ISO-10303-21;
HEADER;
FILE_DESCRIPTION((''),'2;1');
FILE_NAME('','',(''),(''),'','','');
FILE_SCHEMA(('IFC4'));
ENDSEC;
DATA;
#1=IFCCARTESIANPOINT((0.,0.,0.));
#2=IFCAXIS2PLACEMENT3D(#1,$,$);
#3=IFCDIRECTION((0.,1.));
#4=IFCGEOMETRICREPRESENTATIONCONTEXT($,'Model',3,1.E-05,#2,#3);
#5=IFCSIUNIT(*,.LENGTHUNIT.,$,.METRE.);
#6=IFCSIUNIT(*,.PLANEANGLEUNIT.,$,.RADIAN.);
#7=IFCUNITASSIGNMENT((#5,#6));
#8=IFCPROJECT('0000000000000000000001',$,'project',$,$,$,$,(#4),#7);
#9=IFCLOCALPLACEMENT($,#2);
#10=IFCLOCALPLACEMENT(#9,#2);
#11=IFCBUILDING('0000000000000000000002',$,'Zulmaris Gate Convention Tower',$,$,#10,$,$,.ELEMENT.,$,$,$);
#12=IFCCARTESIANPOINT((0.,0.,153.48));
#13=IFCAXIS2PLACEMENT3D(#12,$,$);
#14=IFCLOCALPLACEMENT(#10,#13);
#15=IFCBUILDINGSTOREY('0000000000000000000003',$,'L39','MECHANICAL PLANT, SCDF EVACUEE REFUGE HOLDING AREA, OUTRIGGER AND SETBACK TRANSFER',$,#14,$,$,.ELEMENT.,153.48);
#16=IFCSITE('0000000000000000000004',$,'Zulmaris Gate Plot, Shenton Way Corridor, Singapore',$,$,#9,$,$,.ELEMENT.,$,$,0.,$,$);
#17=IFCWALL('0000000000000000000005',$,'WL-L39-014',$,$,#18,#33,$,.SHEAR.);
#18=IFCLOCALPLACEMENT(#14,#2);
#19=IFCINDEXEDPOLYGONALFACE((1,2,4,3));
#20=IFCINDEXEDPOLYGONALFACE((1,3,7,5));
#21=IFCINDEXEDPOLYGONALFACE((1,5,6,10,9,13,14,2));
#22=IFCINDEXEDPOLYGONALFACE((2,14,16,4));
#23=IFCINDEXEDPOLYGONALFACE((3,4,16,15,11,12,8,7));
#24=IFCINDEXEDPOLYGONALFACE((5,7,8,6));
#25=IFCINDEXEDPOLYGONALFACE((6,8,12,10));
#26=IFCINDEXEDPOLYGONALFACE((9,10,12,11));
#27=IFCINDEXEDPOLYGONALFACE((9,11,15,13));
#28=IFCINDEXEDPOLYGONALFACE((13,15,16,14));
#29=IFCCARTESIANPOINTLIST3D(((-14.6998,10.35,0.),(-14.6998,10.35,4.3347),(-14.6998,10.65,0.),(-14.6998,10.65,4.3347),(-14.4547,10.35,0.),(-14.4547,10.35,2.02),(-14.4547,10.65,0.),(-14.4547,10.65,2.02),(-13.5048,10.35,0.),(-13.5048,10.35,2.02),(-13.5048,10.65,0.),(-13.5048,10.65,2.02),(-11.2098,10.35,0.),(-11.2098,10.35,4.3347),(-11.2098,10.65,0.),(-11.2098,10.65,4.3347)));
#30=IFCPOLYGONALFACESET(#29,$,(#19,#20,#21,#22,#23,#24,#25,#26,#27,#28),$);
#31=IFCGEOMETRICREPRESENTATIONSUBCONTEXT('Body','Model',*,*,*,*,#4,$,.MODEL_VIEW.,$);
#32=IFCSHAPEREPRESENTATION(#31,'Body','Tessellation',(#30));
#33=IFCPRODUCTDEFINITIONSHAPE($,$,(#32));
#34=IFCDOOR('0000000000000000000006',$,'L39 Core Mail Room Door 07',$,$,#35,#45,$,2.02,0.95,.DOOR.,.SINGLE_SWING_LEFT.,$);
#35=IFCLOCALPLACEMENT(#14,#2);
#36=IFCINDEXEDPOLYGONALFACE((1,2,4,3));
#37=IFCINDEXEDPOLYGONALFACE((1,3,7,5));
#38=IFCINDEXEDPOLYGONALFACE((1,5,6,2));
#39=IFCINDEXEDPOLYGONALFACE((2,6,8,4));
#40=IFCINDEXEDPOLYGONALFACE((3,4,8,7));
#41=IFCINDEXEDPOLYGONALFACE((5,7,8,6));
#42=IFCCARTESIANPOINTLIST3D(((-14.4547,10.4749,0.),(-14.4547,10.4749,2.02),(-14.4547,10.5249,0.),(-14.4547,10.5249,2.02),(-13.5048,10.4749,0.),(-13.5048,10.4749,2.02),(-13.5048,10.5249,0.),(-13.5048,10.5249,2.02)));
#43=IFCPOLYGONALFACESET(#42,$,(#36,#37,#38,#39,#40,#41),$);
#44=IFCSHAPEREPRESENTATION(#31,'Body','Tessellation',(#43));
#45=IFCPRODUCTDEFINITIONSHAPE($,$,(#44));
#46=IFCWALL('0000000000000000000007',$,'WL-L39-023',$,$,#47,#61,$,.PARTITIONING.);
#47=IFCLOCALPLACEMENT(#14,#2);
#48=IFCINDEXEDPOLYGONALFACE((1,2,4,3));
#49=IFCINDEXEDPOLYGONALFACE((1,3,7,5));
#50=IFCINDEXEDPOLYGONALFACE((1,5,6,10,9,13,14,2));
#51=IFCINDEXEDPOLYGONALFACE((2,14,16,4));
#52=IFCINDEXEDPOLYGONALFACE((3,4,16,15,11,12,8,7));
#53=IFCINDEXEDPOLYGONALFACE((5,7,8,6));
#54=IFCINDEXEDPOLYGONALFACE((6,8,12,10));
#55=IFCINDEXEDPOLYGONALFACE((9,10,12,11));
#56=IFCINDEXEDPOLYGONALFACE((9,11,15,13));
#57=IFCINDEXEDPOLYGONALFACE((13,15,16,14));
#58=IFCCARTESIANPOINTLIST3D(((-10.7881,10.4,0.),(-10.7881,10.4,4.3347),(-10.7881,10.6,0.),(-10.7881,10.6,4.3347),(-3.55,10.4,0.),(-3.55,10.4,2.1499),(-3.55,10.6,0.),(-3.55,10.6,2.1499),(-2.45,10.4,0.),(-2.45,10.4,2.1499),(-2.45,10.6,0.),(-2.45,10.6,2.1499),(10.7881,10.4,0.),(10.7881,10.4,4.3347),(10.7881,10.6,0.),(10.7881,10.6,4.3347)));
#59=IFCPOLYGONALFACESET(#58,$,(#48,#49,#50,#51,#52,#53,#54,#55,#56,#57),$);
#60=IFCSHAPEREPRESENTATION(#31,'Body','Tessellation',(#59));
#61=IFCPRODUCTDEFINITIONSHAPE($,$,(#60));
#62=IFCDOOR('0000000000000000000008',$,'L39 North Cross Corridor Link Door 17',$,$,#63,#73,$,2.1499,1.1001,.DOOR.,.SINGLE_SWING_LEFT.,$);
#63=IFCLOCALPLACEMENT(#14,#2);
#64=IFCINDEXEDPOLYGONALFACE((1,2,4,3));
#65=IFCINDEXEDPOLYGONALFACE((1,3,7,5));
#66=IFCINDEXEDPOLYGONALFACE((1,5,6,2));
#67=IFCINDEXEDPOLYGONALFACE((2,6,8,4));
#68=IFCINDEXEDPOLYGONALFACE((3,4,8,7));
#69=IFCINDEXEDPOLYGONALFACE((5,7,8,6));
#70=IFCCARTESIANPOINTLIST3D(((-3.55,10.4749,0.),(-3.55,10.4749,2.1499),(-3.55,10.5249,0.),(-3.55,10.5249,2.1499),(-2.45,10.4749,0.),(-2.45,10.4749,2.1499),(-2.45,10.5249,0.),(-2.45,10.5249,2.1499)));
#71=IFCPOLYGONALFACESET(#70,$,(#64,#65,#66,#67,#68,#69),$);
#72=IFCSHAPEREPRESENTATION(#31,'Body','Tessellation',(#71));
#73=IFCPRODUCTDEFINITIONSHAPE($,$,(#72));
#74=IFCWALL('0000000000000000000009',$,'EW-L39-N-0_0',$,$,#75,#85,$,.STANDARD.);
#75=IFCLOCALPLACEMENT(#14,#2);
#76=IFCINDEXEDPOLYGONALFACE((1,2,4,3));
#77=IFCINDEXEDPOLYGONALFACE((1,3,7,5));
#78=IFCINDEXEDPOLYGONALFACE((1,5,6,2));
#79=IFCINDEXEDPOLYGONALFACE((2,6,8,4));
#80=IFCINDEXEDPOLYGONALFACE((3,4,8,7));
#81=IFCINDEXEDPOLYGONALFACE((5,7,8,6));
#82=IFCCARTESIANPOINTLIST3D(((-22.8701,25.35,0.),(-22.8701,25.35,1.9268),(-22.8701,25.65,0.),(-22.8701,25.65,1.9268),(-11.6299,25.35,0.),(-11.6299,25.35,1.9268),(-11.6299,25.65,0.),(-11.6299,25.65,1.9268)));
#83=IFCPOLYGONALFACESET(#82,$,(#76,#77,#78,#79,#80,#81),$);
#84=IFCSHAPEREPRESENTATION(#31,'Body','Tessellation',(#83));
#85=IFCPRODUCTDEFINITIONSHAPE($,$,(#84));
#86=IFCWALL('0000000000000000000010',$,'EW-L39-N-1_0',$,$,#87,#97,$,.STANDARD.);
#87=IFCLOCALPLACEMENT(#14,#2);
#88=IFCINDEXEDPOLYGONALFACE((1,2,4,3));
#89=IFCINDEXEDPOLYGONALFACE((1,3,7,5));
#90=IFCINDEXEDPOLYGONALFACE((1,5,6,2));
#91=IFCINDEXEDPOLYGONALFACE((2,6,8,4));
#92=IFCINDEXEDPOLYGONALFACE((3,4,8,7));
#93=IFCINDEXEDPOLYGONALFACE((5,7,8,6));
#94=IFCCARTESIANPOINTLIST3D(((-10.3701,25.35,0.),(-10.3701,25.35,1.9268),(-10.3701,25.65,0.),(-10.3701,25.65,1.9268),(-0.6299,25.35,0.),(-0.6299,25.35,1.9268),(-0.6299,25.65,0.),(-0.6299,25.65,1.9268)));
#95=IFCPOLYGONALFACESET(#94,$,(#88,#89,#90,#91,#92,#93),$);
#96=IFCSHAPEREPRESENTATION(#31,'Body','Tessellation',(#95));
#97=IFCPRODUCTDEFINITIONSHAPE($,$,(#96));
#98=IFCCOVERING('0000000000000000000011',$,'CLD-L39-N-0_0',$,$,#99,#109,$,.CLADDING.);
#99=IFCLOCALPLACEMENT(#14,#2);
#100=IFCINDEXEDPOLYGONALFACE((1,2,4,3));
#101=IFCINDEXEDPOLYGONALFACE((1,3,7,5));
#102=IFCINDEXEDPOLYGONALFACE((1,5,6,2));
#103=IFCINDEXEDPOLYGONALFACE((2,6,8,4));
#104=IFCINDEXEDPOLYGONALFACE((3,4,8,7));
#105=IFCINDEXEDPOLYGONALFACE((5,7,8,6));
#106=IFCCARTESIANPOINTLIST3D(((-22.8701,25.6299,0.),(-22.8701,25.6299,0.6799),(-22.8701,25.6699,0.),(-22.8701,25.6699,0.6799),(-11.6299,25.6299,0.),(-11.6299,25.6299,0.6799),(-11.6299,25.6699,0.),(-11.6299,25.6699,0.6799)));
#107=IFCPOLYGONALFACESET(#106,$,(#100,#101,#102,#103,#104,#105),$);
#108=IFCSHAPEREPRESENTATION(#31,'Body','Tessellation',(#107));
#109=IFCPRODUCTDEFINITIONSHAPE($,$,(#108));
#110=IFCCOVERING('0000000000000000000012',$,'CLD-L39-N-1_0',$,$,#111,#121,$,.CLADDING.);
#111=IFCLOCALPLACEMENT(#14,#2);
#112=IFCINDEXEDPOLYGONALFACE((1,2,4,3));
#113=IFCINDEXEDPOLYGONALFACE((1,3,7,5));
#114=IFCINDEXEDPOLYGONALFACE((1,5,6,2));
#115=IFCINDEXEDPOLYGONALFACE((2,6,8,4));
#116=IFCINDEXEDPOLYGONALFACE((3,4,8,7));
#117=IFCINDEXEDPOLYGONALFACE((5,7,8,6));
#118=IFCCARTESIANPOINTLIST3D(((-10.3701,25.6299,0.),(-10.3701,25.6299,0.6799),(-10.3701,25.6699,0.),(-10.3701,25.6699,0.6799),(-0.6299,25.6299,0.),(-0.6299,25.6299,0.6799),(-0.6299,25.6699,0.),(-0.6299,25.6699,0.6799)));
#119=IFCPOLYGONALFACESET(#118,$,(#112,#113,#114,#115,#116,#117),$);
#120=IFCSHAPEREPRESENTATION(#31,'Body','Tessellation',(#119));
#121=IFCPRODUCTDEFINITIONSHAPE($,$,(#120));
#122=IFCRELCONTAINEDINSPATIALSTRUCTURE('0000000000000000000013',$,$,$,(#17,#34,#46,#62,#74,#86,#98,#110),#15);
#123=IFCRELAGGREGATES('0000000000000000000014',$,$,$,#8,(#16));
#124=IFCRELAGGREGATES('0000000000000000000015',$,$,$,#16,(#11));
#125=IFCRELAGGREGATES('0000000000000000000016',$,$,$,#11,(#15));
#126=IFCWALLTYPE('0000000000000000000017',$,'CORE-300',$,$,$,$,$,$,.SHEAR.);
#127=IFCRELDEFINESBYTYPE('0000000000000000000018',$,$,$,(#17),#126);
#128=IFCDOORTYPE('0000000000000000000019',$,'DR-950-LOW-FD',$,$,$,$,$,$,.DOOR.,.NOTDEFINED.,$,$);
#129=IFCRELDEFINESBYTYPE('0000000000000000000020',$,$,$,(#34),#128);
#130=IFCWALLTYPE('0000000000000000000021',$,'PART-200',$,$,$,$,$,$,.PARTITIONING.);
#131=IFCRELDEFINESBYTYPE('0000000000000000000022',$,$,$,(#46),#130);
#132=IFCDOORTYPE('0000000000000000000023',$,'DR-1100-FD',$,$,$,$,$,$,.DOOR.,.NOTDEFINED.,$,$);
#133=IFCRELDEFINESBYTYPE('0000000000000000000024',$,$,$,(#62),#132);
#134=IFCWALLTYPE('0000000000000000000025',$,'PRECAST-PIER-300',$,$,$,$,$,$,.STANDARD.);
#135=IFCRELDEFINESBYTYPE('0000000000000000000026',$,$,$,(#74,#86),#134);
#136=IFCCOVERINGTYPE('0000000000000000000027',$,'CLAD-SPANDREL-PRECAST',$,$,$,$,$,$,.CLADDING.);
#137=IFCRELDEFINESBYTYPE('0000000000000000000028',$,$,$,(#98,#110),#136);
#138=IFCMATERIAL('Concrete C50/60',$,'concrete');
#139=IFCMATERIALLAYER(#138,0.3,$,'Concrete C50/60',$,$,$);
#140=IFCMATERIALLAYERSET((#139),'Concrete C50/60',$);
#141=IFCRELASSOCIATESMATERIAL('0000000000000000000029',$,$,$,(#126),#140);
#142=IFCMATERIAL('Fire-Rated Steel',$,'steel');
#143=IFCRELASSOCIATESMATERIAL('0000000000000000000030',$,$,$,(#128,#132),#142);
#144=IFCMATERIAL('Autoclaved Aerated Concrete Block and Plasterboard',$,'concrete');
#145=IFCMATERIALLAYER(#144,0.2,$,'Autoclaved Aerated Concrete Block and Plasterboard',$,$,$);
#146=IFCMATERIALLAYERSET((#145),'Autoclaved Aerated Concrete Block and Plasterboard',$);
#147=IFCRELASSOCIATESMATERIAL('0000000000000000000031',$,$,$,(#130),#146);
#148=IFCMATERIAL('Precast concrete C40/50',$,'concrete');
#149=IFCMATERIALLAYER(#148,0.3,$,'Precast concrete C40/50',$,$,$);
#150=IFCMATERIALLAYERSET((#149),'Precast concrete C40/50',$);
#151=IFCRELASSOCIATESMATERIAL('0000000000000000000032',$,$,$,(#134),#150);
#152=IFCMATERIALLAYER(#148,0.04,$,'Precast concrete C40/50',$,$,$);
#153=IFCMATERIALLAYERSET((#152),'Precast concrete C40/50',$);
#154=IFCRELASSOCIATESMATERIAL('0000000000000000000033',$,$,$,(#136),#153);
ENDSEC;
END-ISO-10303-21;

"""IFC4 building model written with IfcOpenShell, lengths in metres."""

from ifc_helpers import new_model, si_unit, direction, frame, frame_2d, origin, place, context, subcontext, project, spatial, rectangle, extrude, material, layer, layer_set, type_object, element, fill, save


model = new_model("IFC4")

# Units and contexts
model_context = context("Model", 3, precision=1e-05, world=origin(), true_north=direction((0.0, 1.0)))
body_context = subcontext(model_context, "Body", "Model", "MODEL_VIEW")
ifc_project = project(units=[si_unit("LENGTHUNIT", "METRE"), si_unit("PLANEANGLEUNIT", "RADIAN")], contexts=[model_context])

# Site, building, storey
site_placement = place(None, origin())
site = spatial("IfcSite", under=ifc_project, at=site_placement, Name="Zulmaris Gate Plot, Shenton Way Corridor, Singapore", CompositionType="ELEMENT", RefElevation=0.0)
building_placement = place(site_placement, origin())
building = spatial("IfcBuilding", under=site, at=building_placement, Name="Zulmaris Gate Convention Tower", CompositionType="ELEMENT")
storey_placement = place(building_placement, frame((0.0, 0.0, 153.48)))
storey = spatial("IfcBuildingStorey", under=building, at=storey_placement, Name="L39", Description="MECHANICAL PLANT, SCDF EVACUEE REFUGE HOLDING AREA, OUTRIGGER AND SETBACK TRANSFER", CompositionType="ELEMENT", Elevation=153.48)

# Walls, openings, doors
ifc_material_1 = material(Name="Concrete C50/60", Category="concrete")
ifc_layer_1 = layer(ifc_material_1, 0.3, Name="Concrete C50/60")
ifc_layer_set_1 = layer_set([ifc_layer_1], Name="Concrete C50/60")
wall_type_1 = type_object("IfcWallType", Name="CORE-300", PredefinedType="SHEAR", material=ifc_layer_set_1)
wall_1_placement = place(storey_placement, frame((-14.7, 10.5, 0.0), z_axis=(0.0, 0.0, 1.0), x_axis=(1.0, 0.0, 0.0)))
wall_1 = element("IfcWall", 1, at=wall_1_placement, inside=storey, type_object=wall_type_1, Name="WL-L39-014", PredefinedType="SHEAR", context=body_context, shape_type="SweptSolid", body=[
    extrude(rectangle(XDim=3.49, YDim=0.3, at=frame_2d((1.7451, 0.0))), origin(), (0.0, 0.0, 1.0), 4.3347),
])
opening_1_placement = place(wall_1_placement, frame((0.2451, 0.0, 0.0)))
opening_1 = element("IfcOpeningElement", 2, at=opening_1_placement, cuts=wall_1, PredefinedType="OPENING", context=body_context, shape_type="SweptSolid", body=[
    extrude(rectangle(XDim=0.95, YDim=2.02, at=frame_2d((0.4751, 1.01))), frame((0.0, 0.1602, 0.0), z_axis=(0.0, -1.0, 0.0), x_axis=(1.0, 0.0, 0.0)), (0.0, 0.0, 1.0), 0.3201),
])
ifc_material_2 = material(Name="Fire-Rated Steel", Category="steel")
door_type_1 = type_object("IfcDoorType", Name="DR-950-LOW-FD", OperationType="NOTDEFINED", PredefinedType="DOOR", material=ifc_material_2)
door_1_placement = place(opening_1_placement, origin())
door_1 = element("IfcDoor", 3, at=door_1_placement, inside=storey, type_object=door_type_1, Name="L39 Core Mail Room Door 07", OperationType="SINGLE_SWING_LEFT", OverallHeight=2.02, OverallWidth=0.95, PredefinedType="DOOR", context=body_context, shape_type="SweptSolid", body=[
    extrude(rectangle(XDim=0.95, YDim=2.02, at=frame_2d((0.4751, 1.01))), frame((0.0, 0.0249, 0.0), z_axis=(0.0, -1.0, 0.0), x_axis=(1.0, 0.0, 0.0)), (0.0, 0.0, 1.0), 0.05),
])
fill(opening_1, door_1)
ifc_material_3 = material(Name="Autoclaved Aerated Concrete Block and Plasterboard", Category="concrete")
ifc_layer_2 = layer(ifc_material_3, 0.2, Name="Autoclaved Aerated Concrete Block and Plasterboard")
ifc_layer_set_2 = layer_set([ifc_layer_2], Name="Autoclaved Aerated Concrete Block and Plasterboard")
wall_type_2 = type_object("IfcWallType", Name="PART-200", PredefinedType="PARTITIONING", material=ifc_layer_set_2)
wall_2_placement = place(storey_placement, frame((-10.7881, 10.5, 0.0), z_axis=(0.0, 0.0, 1.0), x_axis=(1.0, 0.0, 0.0)))
wall_2 = element("IfcWall", 4, at=wall_2_placement, inside=storey, type_object=wall_type_2, Name="WL-L39-023", PredefinedType="PARTITIONING", context=body_context, shape_type="SweptSolid", body=[
    extrude(rectangle(XDim=21.5762, YDim=0.2, at=frame_2d((10.7881, 0.0))), origin(), (0.0, 0.0, 1.0), 4.3347),
])
opening_2_placement = place(wall_2_placement, frame((7.238, 0.0, 0.0)))
opening_2 = element("IfcOpeningElement", 5, at=opening_2_placement, cuts=wall_2, PredefinedType="OPENING", context=body_context, shape_type="SweptSolid", body=[
    extrude(rectangle(XDim=1.1001, YDim=2.1499, at=frame_2d((0.55, 1.075))), frame((0.0, 0.1099, 0.0), z_axis=(0.0, -1.0, 0.0), x_axis=(1.0, 0.0, 0.0)), (0.0, 0.0, 1.0), 0.22),
])
door_type_2 = type_object("IfcDoorType", Name="DR-1100-FD", OperationType="NOTDEFINED", PredefinedType="DOOR", material=ifc_material_2)
door_2_placement = place(opening_2_placement, origin())
door_2 = element("IfcDoor", 6, at=door_2_placement, inside=storey, type_object=door_type_2, Name="L39 North Cross Corridor Link Door 17", OperationType="SINGLE_SWING_LEFT", OverallHeight=2.1499, OverallWidth=1.1001, PredefinedType="DOOR", context=body_context, shape_type="SweptSolid", body=[
    extrude(rectangle(XDim=1.1001, YDim=2.1499, at=frame_2d((0.55, 1.075))), frame((0.0, 0.0249, 0.0), z_axis=(0.0, -1.0, 0.0), x_axis=(1.0, 0.0, 0.0)), (0.0, 0.0, 1.0), 0.05),
])
fill(opening_2, door_2)

# Walls
ifc_material_4 = material(Name="Precast concrete C40/50", Category="concrete")
ifc_layer_3 = layer(ifc_material_4, 0.3, Name="Precast concrete C40/50")
ifc_layer_set_3 = layer_set([ifc_layer_3], Name="Precast concrete C40/50")
wall_type_3 = type_object("IfcWallType", Name="PRECAST-PIER-300", PredefinedType="STANDARD", material=ifc_layer_set_3)
wall_3_placement = place(storey_placement, frame((-11.6299, 25.5, 0.0), z_axis=(0.0, 0.0, 1.0), x_axis=(-1.0, 0.0, 0.0)))
element("IfcWall", 7, at=wall_3_placement, inside=storey, type_object=wall_type_3, Name="EW-L39-N-0_0", PredefinedType="STANDARD", context=body_context, shape_type="SweptSolid", body=[
    extrude(rectangle(XDim=11.2402, YDim=0.3, at=frame_2d((5.6201, 0.0))), origin(), (0.0, 0.0, 1.0), 1.9268),
])
wall_4_placement = place(storey_placement, frame((-0.6299, 25.5, 0.0), z_axis=(0.0, 0.0, 1.0), x_axis=(-1.0, 0.0, 0.0)))
element("IfcWall", 8, at=wall_4_placement, inside=storey, type_object=wall_type_3, Name="EW-L39-N-1_0", PredefinedType="STANDARD", context=body_context, shape_type="SweptSolid", body=[
    extrude(rectangle(XDim=9.7402, YDim=0.3, at=frame_2d((4.8701, 0.0))), origin(), (0.0, 0.0, 1.0), 1.9268),
])

# Coverings
ifc_layer_4 = layer(ifc_material_4, 0.04, Name="Precast concrete C40/50")
ifc_layer_set_4 = layer_set([ifc_layer_4], Name="Precast concrete C40/50")
covering_type = type_object("IfcCoveringType", Name="CLAD-SPANDREL-PRECAST", PredefinedType="CLADDING", material=ifc_layer_set_4)
covering_1_placement = place(storey_placement, frame((-11.6299, 25.6499, 0.0), z_axis=(0.0, 0.0, 1.0), x_axis=(-1.0, 0.0, 0.0)))
element("IfcCovering", 9, at=covering_1_placement, inside=storey, type_object=covering_type, Name="CLD-L39-N-0_0", PredefinedType="CLADDING", context=body_context, shape_type="SweptSolid", body=[
    extrude(rectangle(XDim=11.2402, YDim=0.04, at=frame_2d((5.6201, 0.0))), origin(), (0.0, 0.0, 1.0), 0.6799),
])
covering_2_placement = place(storey_placement, frame((-0.6299, 25.6499, 0.0), z_axis=(0.0, 0.0, 1.0), x_axis=(-1.0, 0.0, 0.0)))
element("IfcCovering", 10, at=covering_2_placement, inside=storey, type_object=covering_type, Name="CLD-L39-N-1_0", PredefinedType="CLADDING", context=body_context, shape_type="SweptSolid", body=[
    extrude(rectangle(XDim=9.7402, YDim=0.04, at=frame_2d((4.8701, 0.0))), origin(), (0.0, 0.0, 1.0), 0.6799),
])

save(model, "model.ifc")
